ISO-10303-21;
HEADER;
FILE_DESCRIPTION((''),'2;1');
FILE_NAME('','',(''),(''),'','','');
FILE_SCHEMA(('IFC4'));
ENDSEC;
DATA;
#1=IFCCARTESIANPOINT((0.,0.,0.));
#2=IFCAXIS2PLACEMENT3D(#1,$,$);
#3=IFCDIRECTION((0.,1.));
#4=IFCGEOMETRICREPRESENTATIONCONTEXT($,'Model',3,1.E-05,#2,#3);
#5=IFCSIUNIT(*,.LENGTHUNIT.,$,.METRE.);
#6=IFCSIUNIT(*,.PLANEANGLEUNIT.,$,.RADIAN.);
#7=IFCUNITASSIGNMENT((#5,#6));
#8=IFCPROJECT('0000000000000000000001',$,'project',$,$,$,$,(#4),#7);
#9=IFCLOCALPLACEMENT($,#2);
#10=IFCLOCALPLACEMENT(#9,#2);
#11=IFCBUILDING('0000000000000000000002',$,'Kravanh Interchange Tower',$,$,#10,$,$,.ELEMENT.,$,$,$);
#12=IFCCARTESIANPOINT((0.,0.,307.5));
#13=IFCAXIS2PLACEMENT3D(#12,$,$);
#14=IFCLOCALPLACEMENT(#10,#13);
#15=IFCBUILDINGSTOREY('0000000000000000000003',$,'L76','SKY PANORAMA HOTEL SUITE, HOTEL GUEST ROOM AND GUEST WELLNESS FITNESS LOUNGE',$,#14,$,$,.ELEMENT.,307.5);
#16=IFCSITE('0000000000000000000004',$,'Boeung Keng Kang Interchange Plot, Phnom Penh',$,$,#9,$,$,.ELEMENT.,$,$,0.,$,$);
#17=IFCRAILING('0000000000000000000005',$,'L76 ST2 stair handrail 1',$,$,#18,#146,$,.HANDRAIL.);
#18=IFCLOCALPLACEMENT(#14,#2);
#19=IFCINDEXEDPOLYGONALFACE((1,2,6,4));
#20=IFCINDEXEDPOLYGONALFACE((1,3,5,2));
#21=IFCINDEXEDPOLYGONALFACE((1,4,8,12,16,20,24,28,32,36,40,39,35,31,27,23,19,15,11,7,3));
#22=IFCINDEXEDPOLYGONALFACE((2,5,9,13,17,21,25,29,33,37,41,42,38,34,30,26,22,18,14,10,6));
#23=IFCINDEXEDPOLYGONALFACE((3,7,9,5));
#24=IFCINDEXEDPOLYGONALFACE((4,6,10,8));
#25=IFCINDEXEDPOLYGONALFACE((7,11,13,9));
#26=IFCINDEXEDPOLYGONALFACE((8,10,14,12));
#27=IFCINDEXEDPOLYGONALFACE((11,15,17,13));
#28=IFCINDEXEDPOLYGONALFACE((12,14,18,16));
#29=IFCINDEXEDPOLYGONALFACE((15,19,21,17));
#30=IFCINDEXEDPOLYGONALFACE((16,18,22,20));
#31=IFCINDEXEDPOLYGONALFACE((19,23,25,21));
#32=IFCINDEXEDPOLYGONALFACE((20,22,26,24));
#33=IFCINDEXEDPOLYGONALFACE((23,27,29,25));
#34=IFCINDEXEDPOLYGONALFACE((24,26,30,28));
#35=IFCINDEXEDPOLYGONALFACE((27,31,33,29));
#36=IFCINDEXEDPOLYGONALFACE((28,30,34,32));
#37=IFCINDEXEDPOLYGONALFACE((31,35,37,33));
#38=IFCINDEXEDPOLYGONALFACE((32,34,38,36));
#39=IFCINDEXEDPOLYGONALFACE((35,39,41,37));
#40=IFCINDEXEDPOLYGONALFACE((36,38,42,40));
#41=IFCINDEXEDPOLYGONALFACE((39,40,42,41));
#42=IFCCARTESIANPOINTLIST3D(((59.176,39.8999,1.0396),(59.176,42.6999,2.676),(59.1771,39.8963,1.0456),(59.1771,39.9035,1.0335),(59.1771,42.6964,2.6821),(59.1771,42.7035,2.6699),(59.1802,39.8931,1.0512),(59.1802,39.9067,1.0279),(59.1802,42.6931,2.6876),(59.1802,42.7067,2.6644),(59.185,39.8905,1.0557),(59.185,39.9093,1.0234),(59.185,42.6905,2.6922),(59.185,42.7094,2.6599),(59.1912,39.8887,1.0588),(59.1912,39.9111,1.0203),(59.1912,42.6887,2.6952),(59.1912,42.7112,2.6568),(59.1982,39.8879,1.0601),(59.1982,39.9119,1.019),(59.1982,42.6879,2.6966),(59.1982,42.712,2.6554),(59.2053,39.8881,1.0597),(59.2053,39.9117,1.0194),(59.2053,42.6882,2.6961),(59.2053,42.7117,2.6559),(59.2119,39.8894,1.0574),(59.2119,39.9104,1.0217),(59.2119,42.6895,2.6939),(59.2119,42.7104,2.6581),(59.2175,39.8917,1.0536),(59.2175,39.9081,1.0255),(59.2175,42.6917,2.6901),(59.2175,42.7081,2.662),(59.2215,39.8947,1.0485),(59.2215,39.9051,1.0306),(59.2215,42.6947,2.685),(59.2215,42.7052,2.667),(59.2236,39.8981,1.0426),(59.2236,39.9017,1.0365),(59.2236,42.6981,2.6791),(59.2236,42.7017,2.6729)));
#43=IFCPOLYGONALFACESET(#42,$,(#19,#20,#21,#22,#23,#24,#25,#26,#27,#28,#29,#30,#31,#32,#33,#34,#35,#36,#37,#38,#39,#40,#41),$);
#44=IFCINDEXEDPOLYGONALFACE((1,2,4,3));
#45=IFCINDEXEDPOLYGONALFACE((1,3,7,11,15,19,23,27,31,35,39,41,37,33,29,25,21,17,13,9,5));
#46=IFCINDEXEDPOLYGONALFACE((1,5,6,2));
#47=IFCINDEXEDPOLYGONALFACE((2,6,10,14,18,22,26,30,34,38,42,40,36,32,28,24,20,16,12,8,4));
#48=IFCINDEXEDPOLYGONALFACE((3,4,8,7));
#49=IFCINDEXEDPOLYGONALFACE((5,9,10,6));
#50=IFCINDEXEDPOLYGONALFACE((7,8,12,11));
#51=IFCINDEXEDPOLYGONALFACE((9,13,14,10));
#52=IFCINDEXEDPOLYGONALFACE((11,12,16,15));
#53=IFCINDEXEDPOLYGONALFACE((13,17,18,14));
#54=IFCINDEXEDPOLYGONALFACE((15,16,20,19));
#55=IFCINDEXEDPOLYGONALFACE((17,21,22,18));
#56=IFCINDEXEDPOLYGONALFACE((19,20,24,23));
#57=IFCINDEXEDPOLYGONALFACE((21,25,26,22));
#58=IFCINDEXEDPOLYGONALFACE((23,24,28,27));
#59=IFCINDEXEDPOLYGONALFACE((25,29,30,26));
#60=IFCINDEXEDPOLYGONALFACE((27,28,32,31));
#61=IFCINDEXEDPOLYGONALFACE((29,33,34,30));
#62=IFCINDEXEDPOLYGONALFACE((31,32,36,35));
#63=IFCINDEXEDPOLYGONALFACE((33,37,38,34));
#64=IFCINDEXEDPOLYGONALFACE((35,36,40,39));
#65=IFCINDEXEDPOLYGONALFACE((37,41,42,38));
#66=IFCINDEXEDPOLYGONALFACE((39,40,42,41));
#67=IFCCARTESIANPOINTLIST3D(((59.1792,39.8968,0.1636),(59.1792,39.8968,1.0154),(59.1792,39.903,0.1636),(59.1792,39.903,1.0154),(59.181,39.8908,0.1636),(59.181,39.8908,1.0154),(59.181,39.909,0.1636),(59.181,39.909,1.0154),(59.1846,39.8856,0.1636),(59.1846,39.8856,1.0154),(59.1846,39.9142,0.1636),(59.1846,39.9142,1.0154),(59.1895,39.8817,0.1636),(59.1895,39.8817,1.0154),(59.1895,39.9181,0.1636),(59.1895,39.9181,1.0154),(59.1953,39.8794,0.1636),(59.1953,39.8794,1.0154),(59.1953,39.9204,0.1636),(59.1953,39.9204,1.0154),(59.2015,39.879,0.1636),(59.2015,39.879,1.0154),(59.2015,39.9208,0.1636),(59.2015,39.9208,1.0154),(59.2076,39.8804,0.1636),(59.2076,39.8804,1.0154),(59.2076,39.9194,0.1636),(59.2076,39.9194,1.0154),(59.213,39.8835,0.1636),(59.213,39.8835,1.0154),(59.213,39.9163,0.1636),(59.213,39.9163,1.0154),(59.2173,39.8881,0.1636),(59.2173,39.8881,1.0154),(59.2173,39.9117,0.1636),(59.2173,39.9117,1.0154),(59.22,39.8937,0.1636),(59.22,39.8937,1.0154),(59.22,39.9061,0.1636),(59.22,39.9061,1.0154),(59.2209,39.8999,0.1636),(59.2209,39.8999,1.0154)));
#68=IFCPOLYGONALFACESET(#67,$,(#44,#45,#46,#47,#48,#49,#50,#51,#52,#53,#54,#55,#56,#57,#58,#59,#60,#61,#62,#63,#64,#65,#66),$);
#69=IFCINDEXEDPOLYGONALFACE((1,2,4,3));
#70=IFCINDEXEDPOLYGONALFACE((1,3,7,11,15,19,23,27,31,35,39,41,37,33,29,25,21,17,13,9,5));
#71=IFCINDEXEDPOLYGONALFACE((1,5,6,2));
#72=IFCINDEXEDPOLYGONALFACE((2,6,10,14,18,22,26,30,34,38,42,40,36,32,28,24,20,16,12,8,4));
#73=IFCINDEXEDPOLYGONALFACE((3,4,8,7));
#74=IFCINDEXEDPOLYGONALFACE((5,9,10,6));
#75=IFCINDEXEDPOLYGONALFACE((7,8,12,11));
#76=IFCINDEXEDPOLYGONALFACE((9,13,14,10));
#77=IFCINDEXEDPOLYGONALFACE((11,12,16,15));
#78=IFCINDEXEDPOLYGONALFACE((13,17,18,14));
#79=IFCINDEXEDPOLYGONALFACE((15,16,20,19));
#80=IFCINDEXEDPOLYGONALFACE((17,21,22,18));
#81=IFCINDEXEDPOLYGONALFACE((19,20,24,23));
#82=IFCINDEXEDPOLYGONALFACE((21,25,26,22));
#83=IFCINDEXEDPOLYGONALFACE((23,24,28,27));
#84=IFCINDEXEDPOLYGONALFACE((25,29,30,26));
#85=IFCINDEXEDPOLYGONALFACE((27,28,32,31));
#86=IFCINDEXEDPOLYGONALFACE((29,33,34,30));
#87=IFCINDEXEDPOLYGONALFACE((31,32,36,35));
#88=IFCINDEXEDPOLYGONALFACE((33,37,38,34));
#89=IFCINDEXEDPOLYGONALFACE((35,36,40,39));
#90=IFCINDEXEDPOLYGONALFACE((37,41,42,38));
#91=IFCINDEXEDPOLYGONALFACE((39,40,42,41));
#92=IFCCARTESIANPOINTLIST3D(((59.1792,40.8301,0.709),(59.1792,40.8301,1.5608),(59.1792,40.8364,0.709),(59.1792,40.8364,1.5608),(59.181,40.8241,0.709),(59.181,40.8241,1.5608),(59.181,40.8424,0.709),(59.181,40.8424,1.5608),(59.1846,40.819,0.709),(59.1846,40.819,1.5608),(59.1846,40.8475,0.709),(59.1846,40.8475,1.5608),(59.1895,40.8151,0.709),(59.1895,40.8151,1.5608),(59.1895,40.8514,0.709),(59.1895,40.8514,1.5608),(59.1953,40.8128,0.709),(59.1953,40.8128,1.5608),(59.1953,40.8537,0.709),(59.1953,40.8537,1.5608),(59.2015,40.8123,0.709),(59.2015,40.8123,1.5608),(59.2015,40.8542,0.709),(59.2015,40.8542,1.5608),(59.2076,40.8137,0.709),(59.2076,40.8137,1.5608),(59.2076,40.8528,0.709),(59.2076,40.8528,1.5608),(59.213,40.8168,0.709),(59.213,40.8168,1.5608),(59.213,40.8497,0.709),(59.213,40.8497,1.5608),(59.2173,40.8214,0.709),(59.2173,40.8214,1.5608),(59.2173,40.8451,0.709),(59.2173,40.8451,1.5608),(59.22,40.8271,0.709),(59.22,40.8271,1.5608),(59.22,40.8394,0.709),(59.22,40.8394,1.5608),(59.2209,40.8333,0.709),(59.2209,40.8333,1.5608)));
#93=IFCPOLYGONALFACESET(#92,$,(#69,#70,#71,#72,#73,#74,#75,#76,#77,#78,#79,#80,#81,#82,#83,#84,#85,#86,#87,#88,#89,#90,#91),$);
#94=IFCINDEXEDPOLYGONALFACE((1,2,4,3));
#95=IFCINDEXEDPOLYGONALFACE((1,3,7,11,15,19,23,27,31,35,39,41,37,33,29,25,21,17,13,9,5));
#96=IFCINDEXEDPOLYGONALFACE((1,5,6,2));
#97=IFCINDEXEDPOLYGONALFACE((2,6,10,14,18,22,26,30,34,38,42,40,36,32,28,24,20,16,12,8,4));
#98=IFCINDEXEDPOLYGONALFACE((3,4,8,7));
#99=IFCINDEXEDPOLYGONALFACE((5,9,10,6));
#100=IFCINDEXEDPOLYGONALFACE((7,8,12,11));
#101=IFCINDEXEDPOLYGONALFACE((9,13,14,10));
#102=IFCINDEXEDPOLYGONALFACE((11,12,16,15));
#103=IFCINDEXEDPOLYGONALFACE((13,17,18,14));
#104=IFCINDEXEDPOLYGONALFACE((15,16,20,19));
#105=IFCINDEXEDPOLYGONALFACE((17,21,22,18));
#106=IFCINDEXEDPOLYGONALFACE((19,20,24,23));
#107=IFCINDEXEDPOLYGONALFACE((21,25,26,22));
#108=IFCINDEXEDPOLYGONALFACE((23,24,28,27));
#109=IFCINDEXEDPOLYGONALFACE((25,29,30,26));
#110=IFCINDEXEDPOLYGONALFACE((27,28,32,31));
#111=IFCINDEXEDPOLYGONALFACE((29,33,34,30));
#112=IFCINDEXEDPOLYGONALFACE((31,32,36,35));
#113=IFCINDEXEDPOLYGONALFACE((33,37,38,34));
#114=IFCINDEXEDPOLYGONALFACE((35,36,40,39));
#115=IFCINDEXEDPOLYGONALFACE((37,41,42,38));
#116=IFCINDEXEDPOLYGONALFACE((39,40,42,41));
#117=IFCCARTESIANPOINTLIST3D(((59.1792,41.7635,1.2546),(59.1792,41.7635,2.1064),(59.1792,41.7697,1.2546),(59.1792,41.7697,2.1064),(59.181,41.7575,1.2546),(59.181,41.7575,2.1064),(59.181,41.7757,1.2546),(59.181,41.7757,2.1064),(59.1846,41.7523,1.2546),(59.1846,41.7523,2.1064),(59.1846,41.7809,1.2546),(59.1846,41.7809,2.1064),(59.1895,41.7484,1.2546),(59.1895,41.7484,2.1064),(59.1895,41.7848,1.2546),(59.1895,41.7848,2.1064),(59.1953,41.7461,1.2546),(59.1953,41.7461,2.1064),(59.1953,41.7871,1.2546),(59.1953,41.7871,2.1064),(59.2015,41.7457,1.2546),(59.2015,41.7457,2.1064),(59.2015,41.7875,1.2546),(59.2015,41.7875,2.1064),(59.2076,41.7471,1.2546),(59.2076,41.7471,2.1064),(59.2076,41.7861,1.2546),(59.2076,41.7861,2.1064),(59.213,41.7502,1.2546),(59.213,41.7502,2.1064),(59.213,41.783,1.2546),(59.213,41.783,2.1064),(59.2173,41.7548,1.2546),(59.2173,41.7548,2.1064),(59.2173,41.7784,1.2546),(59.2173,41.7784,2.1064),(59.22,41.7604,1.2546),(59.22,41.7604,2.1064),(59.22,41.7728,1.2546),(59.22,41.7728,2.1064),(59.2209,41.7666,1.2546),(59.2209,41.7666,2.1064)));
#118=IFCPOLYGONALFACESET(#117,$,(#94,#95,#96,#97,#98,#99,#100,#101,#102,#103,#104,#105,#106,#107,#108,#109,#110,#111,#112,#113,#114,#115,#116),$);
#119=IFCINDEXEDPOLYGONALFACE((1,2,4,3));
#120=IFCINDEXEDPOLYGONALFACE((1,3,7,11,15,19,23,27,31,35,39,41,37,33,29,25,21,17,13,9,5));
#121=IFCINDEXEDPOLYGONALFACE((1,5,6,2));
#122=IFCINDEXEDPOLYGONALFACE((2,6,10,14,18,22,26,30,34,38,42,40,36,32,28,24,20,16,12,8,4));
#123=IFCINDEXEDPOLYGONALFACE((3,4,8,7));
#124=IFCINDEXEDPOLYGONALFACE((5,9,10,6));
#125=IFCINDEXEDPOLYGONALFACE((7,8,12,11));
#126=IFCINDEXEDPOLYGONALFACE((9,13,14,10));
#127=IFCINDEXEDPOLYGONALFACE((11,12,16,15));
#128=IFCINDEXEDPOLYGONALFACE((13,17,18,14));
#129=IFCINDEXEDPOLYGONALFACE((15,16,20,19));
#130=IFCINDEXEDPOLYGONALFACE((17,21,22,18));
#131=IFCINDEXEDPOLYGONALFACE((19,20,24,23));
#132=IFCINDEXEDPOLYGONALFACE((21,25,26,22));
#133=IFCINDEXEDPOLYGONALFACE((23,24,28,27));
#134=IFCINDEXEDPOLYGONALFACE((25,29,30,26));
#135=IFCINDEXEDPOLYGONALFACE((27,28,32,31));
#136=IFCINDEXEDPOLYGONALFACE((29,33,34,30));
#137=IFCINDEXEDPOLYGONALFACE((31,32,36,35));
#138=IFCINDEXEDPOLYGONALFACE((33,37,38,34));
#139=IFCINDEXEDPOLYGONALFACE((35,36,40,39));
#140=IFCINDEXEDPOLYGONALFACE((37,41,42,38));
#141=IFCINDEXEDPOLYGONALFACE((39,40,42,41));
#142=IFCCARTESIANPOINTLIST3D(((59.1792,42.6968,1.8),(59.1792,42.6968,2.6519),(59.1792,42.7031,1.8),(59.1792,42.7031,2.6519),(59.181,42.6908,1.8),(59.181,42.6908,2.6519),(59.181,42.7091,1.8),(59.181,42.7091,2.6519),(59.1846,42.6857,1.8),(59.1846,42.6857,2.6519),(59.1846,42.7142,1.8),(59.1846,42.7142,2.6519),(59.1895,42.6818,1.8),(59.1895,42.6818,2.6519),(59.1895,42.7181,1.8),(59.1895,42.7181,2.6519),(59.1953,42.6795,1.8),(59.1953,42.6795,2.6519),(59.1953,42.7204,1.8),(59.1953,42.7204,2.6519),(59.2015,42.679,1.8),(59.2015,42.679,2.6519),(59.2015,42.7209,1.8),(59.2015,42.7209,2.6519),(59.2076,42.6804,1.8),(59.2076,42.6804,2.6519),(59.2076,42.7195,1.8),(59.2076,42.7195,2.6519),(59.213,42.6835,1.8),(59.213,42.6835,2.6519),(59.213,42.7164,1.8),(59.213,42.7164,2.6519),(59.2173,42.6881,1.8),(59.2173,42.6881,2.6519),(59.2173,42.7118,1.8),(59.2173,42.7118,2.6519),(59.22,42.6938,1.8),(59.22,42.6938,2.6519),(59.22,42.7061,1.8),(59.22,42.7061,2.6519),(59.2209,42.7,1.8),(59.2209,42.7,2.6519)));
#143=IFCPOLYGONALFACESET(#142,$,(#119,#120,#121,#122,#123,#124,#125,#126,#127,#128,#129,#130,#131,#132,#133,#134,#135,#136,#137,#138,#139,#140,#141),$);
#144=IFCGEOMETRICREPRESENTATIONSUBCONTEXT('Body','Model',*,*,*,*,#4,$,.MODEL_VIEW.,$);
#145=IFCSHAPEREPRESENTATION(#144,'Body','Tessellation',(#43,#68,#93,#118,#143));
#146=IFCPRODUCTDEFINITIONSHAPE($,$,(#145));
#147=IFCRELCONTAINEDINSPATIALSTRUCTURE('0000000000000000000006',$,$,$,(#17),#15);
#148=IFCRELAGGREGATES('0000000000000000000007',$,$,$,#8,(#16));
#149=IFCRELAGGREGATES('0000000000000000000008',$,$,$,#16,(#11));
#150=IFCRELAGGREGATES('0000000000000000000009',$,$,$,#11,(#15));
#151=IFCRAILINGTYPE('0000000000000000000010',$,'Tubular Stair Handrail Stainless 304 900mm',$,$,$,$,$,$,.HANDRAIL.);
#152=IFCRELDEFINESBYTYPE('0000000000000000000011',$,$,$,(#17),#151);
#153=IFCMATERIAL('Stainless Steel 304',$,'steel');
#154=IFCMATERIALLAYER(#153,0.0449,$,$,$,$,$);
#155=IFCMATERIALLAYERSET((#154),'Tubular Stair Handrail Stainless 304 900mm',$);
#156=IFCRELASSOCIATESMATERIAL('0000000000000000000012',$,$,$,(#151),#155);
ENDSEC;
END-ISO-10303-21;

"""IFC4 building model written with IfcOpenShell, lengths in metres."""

from ifc_helpers import new_model, si_unit, direction, frame, origin, origin_2d, place, context, subcontext, project, spatial, circle, extrude, material, layer, layer_set, type_object, element, save


model = new_model("IFC4")

# Units and contexts
model_context = context("Model", 3, precision=1e-05, world=origin(), true_north=direction((0.0, 1.0)))
body_context = subcontext(model_context, "Body", "Model", "MODEL_VIEW")
ifc_project = project(units=[si_unit("LENGTHUNIT", "METRE"), si_unit("PLANEANGLEUNIT", "RADIAN")], contexts=[model_context])

# Site, building, storey
site_placement = place(None, origin())
site = spatial("IfcSite", under=ifc_project, at=site_placement, Name="Boeung Keng Kang Interchange Plot, Phnom Penh", CompositionType="ELEMENT", RefElevation=0.0)
building_placement = place(site_placement, origin())
building = spatial("IfcBuilding", under=site, at=building_placement, Name="Kravanh Interchange Tower", CompositionType="ELEMENT")
storey_placement = place(building_placement, frame((0.0, 0.0, 307.5)))
storey = spatial("IfcBuildingStorey", under=building, at=storey_placement, Name="L76", Description="SKY PANORAMA HOTEL SUITE, HOTEL GUEST ROOM AND GUEST WELLNESS FITNESS LOUNGE", CompositionType="ELEMENT", Elevation=307.5)

# Railing
ifc_material_1 = material(Name="Stainless Steel 304", Category="steel")
ifc_layer_1 = layer(ifc_material_1, 0.0449)
ifc_layer_set_1 = layer_set([ifc_layer_1], Name="Tubular Stair Handrail Stainless 304 900mm")
railing_type_1 = type_object("IfcRailingType", Name="Tubular Stair Handrail Stainless 304 900mm", PredefinedType="HANDRAIL", material=ifc_layer_set_1)
railing_1_placement = place(storey_placement, frame((59.2, 39.8999, 0.1636)))
element("IfcRailing", 1, at=railing_1_placement, inside=storey, type_object=railing_type_1, Name="L76 ST2 stair handrail 1", PredefinedType="HANDRAIL", context=body_context, shape_type="SweptSolid", body=[
    extrude(circle(Radius=0.0239, at=origin_2d()), frame((0.0, 0.0, 0.876), z_axis=(0.0, 0.863361, 0.504587), x_axis=(-1.0, 0.0, 0.0)), (0.0, 0.0, 1.0), 3.2432),
    extrude(circle(Radius=0.021, at=origin_2d()), origin(), (0.0, 0.0, 1.0), 0.8518),
    extrude(circle(Radius=0.021, at=origin_2d()), frame((0.0, 0.9333, 0.5454)), (0.0, 0.0, 1.0), 0.8518),
    extrude(circle(Radius=0.021, at=origin_2d()), frame((0.0, 1.8667, 1.0911)), (0.0, 0.0, 1.0), 0.8518),
    extrude(circle(Radius=0.021, at=origin_2d()), frame((0.0, 2.8, 1.6365)), (0.0, 0.0, 1.0), 0.8518),
])

save(model, "model.ifc")
